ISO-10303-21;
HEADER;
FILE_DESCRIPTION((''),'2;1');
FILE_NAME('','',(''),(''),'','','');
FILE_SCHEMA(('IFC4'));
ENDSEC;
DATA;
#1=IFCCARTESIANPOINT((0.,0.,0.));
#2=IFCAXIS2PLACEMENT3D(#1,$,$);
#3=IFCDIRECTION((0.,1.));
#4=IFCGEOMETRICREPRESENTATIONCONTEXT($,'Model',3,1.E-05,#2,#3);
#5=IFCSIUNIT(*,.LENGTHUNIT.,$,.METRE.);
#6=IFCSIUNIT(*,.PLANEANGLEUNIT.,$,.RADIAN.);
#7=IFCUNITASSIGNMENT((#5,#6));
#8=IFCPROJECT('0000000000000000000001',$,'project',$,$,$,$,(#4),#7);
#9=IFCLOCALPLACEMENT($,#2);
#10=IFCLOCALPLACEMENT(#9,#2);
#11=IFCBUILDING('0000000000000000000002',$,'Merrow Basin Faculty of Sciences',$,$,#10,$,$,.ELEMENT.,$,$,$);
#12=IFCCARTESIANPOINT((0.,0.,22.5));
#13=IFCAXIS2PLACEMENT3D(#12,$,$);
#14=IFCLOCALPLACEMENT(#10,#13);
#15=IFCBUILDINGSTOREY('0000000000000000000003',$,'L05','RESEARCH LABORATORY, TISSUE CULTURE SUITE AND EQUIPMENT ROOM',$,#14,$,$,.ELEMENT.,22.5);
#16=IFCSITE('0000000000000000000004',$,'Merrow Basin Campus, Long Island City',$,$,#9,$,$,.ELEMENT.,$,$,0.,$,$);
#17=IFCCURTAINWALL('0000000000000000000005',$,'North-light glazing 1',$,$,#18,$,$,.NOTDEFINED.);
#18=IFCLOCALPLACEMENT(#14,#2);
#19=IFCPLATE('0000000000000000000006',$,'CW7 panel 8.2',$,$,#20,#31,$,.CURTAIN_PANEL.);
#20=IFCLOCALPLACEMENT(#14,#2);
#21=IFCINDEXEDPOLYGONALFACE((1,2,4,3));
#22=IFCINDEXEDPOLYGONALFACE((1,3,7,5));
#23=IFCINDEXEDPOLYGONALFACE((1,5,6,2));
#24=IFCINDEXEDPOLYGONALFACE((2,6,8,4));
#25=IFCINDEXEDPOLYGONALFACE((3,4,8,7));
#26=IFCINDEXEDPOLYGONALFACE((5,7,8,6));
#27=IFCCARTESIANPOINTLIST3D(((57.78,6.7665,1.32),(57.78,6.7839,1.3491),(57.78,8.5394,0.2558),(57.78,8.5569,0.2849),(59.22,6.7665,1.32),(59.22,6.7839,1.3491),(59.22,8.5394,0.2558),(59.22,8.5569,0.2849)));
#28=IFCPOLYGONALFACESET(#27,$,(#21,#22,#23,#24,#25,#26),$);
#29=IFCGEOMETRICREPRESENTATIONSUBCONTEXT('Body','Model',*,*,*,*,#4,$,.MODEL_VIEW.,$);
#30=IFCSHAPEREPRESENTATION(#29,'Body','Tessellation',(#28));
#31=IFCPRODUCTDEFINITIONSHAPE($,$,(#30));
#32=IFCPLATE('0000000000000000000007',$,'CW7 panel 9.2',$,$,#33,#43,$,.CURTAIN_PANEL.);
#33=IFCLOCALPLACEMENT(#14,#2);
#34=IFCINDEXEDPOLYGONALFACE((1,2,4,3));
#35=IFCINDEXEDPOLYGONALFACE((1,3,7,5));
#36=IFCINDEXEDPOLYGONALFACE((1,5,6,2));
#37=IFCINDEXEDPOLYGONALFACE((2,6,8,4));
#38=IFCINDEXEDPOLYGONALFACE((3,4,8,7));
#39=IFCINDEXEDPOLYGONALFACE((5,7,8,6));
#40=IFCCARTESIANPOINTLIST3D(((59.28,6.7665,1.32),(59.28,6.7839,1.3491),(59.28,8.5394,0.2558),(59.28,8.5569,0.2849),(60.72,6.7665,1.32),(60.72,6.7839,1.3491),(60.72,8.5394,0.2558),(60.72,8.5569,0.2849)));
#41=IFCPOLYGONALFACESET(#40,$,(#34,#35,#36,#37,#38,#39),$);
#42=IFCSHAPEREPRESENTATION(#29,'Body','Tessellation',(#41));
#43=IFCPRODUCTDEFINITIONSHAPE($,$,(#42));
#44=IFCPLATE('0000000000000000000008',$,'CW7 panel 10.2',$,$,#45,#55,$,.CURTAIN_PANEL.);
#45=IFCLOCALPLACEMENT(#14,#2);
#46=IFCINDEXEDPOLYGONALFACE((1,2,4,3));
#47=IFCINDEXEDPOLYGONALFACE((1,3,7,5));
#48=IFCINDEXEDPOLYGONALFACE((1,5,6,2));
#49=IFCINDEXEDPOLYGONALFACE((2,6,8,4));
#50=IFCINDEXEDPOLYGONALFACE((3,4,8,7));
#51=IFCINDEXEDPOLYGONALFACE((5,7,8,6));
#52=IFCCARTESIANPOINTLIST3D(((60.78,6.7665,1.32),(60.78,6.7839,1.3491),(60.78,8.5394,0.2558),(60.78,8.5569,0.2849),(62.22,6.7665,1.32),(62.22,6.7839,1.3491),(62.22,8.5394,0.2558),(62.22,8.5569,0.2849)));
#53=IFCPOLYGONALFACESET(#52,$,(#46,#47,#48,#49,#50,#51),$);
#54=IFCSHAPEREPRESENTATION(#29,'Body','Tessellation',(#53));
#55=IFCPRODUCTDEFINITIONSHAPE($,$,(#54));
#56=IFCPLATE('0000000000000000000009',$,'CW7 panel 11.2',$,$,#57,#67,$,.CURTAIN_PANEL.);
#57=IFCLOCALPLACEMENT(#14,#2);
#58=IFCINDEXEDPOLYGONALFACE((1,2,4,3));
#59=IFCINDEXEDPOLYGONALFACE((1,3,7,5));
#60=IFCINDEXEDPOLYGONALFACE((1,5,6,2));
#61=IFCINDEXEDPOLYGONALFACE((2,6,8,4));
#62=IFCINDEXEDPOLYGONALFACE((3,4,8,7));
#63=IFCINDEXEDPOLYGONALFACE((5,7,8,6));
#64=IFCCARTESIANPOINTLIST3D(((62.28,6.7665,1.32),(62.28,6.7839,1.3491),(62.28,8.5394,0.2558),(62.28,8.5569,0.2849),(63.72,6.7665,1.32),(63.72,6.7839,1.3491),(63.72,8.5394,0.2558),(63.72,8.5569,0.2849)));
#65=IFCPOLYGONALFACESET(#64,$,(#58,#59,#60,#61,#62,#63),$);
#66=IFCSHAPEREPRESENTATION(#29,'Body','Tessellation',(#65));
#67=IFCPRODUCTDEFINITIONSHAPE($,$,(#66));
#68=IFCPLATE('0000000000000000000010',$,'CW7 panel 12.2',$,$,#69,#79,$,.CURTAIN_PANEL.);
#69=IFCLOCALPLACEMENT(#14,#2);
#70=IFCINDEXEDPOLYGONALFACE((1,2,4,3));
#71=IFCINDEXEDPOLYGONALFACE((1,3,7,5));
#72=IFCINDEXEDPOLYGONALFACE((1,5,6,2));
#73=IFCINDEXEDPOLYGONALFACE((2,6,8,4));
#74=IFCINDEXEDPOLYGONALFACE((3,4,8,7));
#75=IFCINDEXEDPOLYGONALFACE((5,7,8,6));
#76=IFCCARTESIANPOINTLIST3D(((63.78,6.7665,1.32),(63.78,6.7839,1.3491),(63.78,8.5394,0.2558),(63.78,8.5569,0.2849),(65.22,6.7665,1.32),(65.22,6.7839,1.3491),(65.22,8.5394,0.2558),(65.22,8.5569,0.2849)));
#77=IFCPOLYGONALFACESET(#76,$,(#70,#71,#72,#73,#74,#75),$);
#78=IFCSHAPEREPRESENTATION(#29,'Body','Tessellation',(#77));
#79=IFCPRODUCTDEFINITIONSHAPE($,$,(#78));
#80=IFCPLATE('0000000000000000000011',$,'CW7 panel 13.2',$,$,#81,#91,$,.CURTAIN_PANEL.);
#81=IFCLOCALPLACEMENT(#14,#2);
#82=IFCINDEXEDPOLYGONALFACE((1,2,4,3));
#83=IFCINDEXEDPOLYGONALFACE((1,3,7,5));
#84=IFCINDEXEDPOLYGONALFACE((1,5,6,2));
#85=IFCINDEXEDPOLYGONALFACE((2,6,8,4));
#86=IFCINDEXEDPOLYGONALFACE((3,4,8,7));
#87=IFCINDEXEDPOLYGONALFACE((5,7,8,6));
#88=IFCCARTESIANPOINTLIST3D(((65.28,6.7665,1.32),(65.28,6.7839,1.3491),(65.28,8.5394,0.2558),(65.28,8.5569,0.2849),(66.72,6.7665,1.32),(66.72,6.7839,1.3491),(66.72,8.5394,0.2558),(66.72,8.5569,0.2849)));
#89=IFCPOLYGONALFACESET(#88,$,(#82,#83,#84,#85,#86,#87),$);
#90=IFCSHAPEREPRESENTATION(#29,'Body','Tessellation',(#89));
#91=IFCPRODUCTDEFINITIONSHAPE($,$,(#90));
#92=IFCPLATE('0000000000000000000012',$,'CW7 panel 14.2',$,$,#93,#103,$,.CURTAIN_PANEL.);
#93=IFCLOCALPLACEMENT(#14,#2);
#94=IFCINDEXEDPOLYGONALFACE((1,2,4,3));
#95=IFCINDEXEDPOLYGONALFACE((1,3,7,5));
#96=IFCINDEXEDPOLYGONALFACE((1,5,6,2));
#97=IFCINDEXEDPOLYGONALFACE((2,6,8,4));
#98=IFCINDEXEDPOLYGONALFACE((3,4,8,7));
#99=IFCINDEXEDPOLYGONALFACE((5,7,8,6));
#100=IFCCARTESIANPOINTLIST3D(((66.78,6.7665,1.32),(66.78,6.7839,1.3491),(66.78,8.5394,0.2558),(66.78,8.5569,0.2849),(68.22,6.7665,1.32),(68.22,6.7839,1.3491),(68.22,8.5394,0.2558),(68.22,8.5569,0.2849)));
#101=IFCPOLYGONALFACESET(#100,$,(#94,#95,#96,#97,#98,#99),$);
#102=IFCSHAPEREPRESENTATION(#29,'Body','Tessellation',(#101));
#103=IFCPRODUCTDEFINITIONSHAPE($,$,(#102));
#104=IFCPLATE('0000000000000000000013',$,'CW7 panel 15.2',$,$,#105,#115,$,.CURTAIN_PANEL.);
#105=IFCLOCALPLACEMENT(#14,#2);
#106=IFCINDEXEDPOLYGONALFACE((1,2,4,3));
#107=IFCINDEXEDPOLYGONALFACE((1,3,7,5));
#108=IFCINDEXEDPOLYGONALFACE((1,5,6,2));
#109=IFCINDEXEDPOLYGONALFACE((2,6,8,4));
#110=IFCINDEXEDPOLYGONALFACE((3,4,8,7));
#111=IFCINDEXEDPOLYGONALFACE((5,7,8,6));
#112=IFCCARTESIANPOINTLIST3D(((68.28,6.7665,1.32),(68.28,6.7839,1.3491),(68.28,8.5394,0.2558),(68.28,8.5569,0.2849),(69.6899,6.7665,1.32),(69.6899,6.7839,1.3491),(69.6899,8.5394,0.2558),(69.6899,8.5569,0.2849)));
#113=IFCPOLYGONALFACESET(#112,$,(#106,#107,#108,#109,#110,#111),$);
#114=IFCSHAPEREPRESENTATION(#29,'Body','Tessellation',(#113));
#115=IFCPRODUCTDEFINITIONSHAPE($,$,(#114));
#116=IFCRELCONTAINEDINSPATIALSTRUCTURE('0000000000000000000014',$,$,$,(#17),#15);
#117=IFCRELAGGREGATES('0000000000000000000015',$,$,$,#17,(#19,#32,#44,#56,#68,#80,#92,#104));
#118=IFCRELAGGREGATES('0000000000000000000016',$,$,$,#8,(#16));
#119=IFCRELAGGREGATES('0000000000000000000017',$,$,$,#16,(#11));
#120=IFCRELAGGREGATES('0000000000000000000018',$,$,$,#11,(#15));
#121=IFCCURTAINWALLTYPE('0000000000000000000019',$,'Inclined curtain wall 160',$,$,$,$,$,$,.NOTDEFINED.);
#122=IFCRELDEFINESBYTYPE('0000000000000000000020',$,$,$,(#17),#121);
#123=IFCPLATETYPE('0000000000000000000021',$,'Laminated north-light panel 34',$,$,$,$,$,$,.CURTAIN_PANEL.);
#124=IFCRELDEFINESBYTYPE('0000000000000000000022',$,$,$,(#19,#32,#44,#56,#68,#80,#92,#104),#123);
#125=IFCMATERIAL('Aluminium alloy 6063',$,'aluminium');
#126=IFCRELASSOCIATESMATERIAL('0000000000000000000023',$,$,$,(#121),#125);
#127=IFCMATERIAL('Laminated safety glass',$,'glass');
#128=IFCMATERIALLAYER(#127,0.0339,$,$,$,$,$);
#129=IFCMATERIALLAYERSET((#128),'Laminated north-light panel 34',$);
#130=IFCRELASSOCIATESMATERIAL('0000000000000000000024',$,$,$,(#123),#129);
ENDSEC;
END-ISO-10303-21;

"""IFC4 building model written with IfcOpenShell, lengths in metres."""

from ifc_helpers import new_model, si_unit, direction, frame, origin, place, context, subcontext, project, spatial, polyline, outline, extrude, material, layer, layer_set, type_object, element, aggregate, save


model = new_model("IFC4")

# Units and contexts
model_context = context("Model", 3, precision=1e-05, world=origin(), true_north=direction((0.0, 1.0)))
body_context = subcontext(model_context, "Body", "Model", "MODEL_VIEW")
ifc_project = project(units=[si_unit("LENGTHUNIT", "METRE"), si_unit("PLANEANGLEUNIT", "RADIAN")], contexts=[model_context])

# Site, building, storey
site_placement = place(None, origin())
site = spatial("IfcSite", under=ifc_project, at=site_placement, Name="Merrow Basin Campus, Long Island City", CompositionType="ELEMENT", RefElevation=0.0)
building_placement = place(site_placement, origin())
building = spatial("IfcBuilding", under=site, at=building_placement, Name="Merrow Basin Faculty of Sciences", CompositionType="ELEMENT")
storey_placement = place(building_placement, frame((0.0, 0.0, 22.5)))
storey = spatial("IfcBuildingStorey", under=building, at=storey_placement, Name="L05", Description="RESEARCH LABORATORY, TISSUE CULTURE SUITE AND EQUIPMENT ROOM", CompositionType="ELEMENT", Elevation=22.5)

# Curtain wall
ifc_material_1 = material(Name="Aluminium alloy 6063", Category="aluminium")
curtain_wall_type = type_object("IfcCurtainWallType", Name="Inclined curtain wall 160", PredefinedType="NOTDEFINED", material=ifc_material_1)
curtain_wall_1_placement = place(storey_placement, origin())
curtain_wall_1 = element("IfcCurtainWall", 1, at=curtain_wall_1_placement, inside=storey, type_object=curtain_wall_type, Name="North-light glazing 1", PredefinedType="NOTDEFINED")

# Plates
ifc_material_2 = material(Name="Laminated safety glass", Category="glass")
ifc_layer = layer(ifc_material_2, 0.0339)
ifc_layer_set = layer_set([ifc_layer], Name="Laminated north-light panel 34")
plate_type = type_object("IfcPlateType", Name="Laminated north-light panel 34", PredefinedType="CURTAIN_PANEL", material=ifc_layer_set)
plate_1_placement = place(storey_placement, frame((57.78, 6.7839, 1.3491), z_axis=(0.0, 0.514652, 0.857399), x_axis=(1.0, 0.0, 0.0)))
plate_1 = element("IfcPlate", 2, at=plate_1_placement, type_object=plate_type, Name="CW7 panel 8.2", PredefinedType="CURTAIN_PANEL", context=body_context, shape_type="SweptSolid", body=[
    extrude(outline(polyline([(0.0, 0.0), (1.4399, 0.0), (1.4399, 2.0678), (0.0, 2.0678), (0.0, 0.0)])), origin(), (0.0, 0.0, -1.0), 0.0339),
])
plate_2_placement = place(storey_placement, frame((59.28, 6.7839, 1.3491), z_axis=(0.0, 0.514652, 0.857399), x_axis=(1.0, 0.0, 0.0)))
plate_2 = element("IfcPlate", 3, at=plate_2_placement, type_object=plate_type, Name="CW7 panel 9.2", PredefinedType="CURTAIN_PANEL", context=body_context, shape_type="SweptSolid", body=[
    extrude(outline(polyline([(0.0, 0.0), (1.4399, 0.0), (1.4399, 2.0678), (0.0, 2.0678), (0.0, 0.0)])), origin(), (0.0, 0.0, -1.0), 0.0339),
])
plate_3_placement = place(storey_placement, frame((60.78, 6.7839, 1.3491), z_axis=(0.0, 0.514652, 0.857399), x_axis=(1.0, 0.0, 0.0)))
plate_3 = element("IfcPlate", 4, at=plate_3_placement, type_object=plate_type, Name="CW7 panel 10.2", PredefinedType="CURTAIN_PANEL", context=body_context, shape_type="SweptSolid", body=[
    extrude(outline(polyline([(0.0, 0.0), (1.4399, 0.0), (1.4399, 2.0678), (0.0, 2.0678), (0.0, 0.0)])), origin(), (0.0, 0.0, -1.0), 0.0339),
])
plate_4_placement = place(storey_placement, frame((62.28, 6.7839, 1.3491), z_axis=(0.0, 0.514652, 0.857399), x_axis=(1.0, 0.0, 0.0)))
plate_4 = element("IfcPlate", 5, at=plate_4_placement, type_object=plate_type, Name="CW7 panel 11.2", PredefinedType="CURTAIN_PANEL", context=body_context, shape_type="SweptSolid", body=[
    extrude(outline(polyline([(0.0, 0.0), (1.4399, 0.0), (1.4399, 2.0678), (0.0, 2.0678), (0.0, 0.0)])), origin(), (0.0, 0.0, -1.0), 0.0339),
])
plate_5_placement = place(storey_placement, frame((63.78, 6.7839, 1.3491), z_axis=(0.0, 0.514652, 0.857399), x_axis=(1.0, 0.0, 0.0)))
plate_5 = element("IfcPlate", 6, at=plate_5_placement, type_object=plate_type, Name="CW7 panel 12.2", PredefinedType="CURTAIN_PANEL", context=body_context, shape_type="SweptSolid", body=[
    extrude(outline(polyline([(0.0, 0.0), (1.4399, 0.0), (1.4399, 2.0678), (0.0, 2.0678), (0.0, 0.0)])), origin(), (0.0, 0.0, -1.0), 0.0339),
])
plate_6_placement = place(storey_placement, frame((65.28, 6.7839, 1.3491), z_axis=(0.0, 0.514652, 0.857399), x_axis=(1.0, 0.0, 0.0)))
plate_6 = element("IfcPlate", 7, at=plate_6_placement, type_object=plate_type, Name="CW7 panel 13.2", PredefinedType="CURTAIN_PANEL", context=body_context, shape_type="SweptSolid", body=[
    extrude(outline(polyline([(0.0, 0.0), (1.4399, 0.0), (1.4399, 2.0678), (0.0, 2.0678), (0.0, 0.0)])), origin(), (0.0, 0.0, -1.0), 0.0339),
])
plate_7_placement = place(storey_placement, frame((66.78, 6.7839, 1.3491), z_axis=(0.0, 0.514652, 0.857399), x_axis=(1.0, 0.0, 0.0)))
plate_7 = element("IfcPlate", 8, at=plate_7_placement, type_object=plate_type, Name="CW7 panel 14.2", PredefinedType="CURTAIN_PANEL", context=body_context, shape_type="SweptSolid", body=[
    extrude(outline(polyline([(0.0, 0.0), (1.4399, 0.0), (1.4399, 2.0678), (0.0, 2.0678), (0.0, 0.0)])), origin(), (0.0, 0.0, -1.0), 0.0339),
])
plate_8_placement = place(storey_placement, frame((68.28, 6.7839, 1.3491), z_axis=(0.0, 0.514652, 0.857399), x_axis=(1.0, 0.0, 0.0)))
plate_8 = element("IfcPlate", 9, at=plate_8_placement, type_object=plate_type, Name="CW7 panel 15.2", PredefinedType="CURTAIN_PANEL", context=body_context, shape_type="SweptSolid", body=[
    extrude(outline(polyline([(0.0, 0.0), (1.4099, 0.0), (1.4099, 2.0678), (0.0, 2.0678), (0.0, 0.0)])), origin(), (0.0, 0.0, -1.0), 0.0339),
])
aggregate(curtain_wall_1, [plate_1, plate_2, plate_3, plate_4, plate_5, plate_6, plate_7, plate_8])

save(model, "model.ifc")
